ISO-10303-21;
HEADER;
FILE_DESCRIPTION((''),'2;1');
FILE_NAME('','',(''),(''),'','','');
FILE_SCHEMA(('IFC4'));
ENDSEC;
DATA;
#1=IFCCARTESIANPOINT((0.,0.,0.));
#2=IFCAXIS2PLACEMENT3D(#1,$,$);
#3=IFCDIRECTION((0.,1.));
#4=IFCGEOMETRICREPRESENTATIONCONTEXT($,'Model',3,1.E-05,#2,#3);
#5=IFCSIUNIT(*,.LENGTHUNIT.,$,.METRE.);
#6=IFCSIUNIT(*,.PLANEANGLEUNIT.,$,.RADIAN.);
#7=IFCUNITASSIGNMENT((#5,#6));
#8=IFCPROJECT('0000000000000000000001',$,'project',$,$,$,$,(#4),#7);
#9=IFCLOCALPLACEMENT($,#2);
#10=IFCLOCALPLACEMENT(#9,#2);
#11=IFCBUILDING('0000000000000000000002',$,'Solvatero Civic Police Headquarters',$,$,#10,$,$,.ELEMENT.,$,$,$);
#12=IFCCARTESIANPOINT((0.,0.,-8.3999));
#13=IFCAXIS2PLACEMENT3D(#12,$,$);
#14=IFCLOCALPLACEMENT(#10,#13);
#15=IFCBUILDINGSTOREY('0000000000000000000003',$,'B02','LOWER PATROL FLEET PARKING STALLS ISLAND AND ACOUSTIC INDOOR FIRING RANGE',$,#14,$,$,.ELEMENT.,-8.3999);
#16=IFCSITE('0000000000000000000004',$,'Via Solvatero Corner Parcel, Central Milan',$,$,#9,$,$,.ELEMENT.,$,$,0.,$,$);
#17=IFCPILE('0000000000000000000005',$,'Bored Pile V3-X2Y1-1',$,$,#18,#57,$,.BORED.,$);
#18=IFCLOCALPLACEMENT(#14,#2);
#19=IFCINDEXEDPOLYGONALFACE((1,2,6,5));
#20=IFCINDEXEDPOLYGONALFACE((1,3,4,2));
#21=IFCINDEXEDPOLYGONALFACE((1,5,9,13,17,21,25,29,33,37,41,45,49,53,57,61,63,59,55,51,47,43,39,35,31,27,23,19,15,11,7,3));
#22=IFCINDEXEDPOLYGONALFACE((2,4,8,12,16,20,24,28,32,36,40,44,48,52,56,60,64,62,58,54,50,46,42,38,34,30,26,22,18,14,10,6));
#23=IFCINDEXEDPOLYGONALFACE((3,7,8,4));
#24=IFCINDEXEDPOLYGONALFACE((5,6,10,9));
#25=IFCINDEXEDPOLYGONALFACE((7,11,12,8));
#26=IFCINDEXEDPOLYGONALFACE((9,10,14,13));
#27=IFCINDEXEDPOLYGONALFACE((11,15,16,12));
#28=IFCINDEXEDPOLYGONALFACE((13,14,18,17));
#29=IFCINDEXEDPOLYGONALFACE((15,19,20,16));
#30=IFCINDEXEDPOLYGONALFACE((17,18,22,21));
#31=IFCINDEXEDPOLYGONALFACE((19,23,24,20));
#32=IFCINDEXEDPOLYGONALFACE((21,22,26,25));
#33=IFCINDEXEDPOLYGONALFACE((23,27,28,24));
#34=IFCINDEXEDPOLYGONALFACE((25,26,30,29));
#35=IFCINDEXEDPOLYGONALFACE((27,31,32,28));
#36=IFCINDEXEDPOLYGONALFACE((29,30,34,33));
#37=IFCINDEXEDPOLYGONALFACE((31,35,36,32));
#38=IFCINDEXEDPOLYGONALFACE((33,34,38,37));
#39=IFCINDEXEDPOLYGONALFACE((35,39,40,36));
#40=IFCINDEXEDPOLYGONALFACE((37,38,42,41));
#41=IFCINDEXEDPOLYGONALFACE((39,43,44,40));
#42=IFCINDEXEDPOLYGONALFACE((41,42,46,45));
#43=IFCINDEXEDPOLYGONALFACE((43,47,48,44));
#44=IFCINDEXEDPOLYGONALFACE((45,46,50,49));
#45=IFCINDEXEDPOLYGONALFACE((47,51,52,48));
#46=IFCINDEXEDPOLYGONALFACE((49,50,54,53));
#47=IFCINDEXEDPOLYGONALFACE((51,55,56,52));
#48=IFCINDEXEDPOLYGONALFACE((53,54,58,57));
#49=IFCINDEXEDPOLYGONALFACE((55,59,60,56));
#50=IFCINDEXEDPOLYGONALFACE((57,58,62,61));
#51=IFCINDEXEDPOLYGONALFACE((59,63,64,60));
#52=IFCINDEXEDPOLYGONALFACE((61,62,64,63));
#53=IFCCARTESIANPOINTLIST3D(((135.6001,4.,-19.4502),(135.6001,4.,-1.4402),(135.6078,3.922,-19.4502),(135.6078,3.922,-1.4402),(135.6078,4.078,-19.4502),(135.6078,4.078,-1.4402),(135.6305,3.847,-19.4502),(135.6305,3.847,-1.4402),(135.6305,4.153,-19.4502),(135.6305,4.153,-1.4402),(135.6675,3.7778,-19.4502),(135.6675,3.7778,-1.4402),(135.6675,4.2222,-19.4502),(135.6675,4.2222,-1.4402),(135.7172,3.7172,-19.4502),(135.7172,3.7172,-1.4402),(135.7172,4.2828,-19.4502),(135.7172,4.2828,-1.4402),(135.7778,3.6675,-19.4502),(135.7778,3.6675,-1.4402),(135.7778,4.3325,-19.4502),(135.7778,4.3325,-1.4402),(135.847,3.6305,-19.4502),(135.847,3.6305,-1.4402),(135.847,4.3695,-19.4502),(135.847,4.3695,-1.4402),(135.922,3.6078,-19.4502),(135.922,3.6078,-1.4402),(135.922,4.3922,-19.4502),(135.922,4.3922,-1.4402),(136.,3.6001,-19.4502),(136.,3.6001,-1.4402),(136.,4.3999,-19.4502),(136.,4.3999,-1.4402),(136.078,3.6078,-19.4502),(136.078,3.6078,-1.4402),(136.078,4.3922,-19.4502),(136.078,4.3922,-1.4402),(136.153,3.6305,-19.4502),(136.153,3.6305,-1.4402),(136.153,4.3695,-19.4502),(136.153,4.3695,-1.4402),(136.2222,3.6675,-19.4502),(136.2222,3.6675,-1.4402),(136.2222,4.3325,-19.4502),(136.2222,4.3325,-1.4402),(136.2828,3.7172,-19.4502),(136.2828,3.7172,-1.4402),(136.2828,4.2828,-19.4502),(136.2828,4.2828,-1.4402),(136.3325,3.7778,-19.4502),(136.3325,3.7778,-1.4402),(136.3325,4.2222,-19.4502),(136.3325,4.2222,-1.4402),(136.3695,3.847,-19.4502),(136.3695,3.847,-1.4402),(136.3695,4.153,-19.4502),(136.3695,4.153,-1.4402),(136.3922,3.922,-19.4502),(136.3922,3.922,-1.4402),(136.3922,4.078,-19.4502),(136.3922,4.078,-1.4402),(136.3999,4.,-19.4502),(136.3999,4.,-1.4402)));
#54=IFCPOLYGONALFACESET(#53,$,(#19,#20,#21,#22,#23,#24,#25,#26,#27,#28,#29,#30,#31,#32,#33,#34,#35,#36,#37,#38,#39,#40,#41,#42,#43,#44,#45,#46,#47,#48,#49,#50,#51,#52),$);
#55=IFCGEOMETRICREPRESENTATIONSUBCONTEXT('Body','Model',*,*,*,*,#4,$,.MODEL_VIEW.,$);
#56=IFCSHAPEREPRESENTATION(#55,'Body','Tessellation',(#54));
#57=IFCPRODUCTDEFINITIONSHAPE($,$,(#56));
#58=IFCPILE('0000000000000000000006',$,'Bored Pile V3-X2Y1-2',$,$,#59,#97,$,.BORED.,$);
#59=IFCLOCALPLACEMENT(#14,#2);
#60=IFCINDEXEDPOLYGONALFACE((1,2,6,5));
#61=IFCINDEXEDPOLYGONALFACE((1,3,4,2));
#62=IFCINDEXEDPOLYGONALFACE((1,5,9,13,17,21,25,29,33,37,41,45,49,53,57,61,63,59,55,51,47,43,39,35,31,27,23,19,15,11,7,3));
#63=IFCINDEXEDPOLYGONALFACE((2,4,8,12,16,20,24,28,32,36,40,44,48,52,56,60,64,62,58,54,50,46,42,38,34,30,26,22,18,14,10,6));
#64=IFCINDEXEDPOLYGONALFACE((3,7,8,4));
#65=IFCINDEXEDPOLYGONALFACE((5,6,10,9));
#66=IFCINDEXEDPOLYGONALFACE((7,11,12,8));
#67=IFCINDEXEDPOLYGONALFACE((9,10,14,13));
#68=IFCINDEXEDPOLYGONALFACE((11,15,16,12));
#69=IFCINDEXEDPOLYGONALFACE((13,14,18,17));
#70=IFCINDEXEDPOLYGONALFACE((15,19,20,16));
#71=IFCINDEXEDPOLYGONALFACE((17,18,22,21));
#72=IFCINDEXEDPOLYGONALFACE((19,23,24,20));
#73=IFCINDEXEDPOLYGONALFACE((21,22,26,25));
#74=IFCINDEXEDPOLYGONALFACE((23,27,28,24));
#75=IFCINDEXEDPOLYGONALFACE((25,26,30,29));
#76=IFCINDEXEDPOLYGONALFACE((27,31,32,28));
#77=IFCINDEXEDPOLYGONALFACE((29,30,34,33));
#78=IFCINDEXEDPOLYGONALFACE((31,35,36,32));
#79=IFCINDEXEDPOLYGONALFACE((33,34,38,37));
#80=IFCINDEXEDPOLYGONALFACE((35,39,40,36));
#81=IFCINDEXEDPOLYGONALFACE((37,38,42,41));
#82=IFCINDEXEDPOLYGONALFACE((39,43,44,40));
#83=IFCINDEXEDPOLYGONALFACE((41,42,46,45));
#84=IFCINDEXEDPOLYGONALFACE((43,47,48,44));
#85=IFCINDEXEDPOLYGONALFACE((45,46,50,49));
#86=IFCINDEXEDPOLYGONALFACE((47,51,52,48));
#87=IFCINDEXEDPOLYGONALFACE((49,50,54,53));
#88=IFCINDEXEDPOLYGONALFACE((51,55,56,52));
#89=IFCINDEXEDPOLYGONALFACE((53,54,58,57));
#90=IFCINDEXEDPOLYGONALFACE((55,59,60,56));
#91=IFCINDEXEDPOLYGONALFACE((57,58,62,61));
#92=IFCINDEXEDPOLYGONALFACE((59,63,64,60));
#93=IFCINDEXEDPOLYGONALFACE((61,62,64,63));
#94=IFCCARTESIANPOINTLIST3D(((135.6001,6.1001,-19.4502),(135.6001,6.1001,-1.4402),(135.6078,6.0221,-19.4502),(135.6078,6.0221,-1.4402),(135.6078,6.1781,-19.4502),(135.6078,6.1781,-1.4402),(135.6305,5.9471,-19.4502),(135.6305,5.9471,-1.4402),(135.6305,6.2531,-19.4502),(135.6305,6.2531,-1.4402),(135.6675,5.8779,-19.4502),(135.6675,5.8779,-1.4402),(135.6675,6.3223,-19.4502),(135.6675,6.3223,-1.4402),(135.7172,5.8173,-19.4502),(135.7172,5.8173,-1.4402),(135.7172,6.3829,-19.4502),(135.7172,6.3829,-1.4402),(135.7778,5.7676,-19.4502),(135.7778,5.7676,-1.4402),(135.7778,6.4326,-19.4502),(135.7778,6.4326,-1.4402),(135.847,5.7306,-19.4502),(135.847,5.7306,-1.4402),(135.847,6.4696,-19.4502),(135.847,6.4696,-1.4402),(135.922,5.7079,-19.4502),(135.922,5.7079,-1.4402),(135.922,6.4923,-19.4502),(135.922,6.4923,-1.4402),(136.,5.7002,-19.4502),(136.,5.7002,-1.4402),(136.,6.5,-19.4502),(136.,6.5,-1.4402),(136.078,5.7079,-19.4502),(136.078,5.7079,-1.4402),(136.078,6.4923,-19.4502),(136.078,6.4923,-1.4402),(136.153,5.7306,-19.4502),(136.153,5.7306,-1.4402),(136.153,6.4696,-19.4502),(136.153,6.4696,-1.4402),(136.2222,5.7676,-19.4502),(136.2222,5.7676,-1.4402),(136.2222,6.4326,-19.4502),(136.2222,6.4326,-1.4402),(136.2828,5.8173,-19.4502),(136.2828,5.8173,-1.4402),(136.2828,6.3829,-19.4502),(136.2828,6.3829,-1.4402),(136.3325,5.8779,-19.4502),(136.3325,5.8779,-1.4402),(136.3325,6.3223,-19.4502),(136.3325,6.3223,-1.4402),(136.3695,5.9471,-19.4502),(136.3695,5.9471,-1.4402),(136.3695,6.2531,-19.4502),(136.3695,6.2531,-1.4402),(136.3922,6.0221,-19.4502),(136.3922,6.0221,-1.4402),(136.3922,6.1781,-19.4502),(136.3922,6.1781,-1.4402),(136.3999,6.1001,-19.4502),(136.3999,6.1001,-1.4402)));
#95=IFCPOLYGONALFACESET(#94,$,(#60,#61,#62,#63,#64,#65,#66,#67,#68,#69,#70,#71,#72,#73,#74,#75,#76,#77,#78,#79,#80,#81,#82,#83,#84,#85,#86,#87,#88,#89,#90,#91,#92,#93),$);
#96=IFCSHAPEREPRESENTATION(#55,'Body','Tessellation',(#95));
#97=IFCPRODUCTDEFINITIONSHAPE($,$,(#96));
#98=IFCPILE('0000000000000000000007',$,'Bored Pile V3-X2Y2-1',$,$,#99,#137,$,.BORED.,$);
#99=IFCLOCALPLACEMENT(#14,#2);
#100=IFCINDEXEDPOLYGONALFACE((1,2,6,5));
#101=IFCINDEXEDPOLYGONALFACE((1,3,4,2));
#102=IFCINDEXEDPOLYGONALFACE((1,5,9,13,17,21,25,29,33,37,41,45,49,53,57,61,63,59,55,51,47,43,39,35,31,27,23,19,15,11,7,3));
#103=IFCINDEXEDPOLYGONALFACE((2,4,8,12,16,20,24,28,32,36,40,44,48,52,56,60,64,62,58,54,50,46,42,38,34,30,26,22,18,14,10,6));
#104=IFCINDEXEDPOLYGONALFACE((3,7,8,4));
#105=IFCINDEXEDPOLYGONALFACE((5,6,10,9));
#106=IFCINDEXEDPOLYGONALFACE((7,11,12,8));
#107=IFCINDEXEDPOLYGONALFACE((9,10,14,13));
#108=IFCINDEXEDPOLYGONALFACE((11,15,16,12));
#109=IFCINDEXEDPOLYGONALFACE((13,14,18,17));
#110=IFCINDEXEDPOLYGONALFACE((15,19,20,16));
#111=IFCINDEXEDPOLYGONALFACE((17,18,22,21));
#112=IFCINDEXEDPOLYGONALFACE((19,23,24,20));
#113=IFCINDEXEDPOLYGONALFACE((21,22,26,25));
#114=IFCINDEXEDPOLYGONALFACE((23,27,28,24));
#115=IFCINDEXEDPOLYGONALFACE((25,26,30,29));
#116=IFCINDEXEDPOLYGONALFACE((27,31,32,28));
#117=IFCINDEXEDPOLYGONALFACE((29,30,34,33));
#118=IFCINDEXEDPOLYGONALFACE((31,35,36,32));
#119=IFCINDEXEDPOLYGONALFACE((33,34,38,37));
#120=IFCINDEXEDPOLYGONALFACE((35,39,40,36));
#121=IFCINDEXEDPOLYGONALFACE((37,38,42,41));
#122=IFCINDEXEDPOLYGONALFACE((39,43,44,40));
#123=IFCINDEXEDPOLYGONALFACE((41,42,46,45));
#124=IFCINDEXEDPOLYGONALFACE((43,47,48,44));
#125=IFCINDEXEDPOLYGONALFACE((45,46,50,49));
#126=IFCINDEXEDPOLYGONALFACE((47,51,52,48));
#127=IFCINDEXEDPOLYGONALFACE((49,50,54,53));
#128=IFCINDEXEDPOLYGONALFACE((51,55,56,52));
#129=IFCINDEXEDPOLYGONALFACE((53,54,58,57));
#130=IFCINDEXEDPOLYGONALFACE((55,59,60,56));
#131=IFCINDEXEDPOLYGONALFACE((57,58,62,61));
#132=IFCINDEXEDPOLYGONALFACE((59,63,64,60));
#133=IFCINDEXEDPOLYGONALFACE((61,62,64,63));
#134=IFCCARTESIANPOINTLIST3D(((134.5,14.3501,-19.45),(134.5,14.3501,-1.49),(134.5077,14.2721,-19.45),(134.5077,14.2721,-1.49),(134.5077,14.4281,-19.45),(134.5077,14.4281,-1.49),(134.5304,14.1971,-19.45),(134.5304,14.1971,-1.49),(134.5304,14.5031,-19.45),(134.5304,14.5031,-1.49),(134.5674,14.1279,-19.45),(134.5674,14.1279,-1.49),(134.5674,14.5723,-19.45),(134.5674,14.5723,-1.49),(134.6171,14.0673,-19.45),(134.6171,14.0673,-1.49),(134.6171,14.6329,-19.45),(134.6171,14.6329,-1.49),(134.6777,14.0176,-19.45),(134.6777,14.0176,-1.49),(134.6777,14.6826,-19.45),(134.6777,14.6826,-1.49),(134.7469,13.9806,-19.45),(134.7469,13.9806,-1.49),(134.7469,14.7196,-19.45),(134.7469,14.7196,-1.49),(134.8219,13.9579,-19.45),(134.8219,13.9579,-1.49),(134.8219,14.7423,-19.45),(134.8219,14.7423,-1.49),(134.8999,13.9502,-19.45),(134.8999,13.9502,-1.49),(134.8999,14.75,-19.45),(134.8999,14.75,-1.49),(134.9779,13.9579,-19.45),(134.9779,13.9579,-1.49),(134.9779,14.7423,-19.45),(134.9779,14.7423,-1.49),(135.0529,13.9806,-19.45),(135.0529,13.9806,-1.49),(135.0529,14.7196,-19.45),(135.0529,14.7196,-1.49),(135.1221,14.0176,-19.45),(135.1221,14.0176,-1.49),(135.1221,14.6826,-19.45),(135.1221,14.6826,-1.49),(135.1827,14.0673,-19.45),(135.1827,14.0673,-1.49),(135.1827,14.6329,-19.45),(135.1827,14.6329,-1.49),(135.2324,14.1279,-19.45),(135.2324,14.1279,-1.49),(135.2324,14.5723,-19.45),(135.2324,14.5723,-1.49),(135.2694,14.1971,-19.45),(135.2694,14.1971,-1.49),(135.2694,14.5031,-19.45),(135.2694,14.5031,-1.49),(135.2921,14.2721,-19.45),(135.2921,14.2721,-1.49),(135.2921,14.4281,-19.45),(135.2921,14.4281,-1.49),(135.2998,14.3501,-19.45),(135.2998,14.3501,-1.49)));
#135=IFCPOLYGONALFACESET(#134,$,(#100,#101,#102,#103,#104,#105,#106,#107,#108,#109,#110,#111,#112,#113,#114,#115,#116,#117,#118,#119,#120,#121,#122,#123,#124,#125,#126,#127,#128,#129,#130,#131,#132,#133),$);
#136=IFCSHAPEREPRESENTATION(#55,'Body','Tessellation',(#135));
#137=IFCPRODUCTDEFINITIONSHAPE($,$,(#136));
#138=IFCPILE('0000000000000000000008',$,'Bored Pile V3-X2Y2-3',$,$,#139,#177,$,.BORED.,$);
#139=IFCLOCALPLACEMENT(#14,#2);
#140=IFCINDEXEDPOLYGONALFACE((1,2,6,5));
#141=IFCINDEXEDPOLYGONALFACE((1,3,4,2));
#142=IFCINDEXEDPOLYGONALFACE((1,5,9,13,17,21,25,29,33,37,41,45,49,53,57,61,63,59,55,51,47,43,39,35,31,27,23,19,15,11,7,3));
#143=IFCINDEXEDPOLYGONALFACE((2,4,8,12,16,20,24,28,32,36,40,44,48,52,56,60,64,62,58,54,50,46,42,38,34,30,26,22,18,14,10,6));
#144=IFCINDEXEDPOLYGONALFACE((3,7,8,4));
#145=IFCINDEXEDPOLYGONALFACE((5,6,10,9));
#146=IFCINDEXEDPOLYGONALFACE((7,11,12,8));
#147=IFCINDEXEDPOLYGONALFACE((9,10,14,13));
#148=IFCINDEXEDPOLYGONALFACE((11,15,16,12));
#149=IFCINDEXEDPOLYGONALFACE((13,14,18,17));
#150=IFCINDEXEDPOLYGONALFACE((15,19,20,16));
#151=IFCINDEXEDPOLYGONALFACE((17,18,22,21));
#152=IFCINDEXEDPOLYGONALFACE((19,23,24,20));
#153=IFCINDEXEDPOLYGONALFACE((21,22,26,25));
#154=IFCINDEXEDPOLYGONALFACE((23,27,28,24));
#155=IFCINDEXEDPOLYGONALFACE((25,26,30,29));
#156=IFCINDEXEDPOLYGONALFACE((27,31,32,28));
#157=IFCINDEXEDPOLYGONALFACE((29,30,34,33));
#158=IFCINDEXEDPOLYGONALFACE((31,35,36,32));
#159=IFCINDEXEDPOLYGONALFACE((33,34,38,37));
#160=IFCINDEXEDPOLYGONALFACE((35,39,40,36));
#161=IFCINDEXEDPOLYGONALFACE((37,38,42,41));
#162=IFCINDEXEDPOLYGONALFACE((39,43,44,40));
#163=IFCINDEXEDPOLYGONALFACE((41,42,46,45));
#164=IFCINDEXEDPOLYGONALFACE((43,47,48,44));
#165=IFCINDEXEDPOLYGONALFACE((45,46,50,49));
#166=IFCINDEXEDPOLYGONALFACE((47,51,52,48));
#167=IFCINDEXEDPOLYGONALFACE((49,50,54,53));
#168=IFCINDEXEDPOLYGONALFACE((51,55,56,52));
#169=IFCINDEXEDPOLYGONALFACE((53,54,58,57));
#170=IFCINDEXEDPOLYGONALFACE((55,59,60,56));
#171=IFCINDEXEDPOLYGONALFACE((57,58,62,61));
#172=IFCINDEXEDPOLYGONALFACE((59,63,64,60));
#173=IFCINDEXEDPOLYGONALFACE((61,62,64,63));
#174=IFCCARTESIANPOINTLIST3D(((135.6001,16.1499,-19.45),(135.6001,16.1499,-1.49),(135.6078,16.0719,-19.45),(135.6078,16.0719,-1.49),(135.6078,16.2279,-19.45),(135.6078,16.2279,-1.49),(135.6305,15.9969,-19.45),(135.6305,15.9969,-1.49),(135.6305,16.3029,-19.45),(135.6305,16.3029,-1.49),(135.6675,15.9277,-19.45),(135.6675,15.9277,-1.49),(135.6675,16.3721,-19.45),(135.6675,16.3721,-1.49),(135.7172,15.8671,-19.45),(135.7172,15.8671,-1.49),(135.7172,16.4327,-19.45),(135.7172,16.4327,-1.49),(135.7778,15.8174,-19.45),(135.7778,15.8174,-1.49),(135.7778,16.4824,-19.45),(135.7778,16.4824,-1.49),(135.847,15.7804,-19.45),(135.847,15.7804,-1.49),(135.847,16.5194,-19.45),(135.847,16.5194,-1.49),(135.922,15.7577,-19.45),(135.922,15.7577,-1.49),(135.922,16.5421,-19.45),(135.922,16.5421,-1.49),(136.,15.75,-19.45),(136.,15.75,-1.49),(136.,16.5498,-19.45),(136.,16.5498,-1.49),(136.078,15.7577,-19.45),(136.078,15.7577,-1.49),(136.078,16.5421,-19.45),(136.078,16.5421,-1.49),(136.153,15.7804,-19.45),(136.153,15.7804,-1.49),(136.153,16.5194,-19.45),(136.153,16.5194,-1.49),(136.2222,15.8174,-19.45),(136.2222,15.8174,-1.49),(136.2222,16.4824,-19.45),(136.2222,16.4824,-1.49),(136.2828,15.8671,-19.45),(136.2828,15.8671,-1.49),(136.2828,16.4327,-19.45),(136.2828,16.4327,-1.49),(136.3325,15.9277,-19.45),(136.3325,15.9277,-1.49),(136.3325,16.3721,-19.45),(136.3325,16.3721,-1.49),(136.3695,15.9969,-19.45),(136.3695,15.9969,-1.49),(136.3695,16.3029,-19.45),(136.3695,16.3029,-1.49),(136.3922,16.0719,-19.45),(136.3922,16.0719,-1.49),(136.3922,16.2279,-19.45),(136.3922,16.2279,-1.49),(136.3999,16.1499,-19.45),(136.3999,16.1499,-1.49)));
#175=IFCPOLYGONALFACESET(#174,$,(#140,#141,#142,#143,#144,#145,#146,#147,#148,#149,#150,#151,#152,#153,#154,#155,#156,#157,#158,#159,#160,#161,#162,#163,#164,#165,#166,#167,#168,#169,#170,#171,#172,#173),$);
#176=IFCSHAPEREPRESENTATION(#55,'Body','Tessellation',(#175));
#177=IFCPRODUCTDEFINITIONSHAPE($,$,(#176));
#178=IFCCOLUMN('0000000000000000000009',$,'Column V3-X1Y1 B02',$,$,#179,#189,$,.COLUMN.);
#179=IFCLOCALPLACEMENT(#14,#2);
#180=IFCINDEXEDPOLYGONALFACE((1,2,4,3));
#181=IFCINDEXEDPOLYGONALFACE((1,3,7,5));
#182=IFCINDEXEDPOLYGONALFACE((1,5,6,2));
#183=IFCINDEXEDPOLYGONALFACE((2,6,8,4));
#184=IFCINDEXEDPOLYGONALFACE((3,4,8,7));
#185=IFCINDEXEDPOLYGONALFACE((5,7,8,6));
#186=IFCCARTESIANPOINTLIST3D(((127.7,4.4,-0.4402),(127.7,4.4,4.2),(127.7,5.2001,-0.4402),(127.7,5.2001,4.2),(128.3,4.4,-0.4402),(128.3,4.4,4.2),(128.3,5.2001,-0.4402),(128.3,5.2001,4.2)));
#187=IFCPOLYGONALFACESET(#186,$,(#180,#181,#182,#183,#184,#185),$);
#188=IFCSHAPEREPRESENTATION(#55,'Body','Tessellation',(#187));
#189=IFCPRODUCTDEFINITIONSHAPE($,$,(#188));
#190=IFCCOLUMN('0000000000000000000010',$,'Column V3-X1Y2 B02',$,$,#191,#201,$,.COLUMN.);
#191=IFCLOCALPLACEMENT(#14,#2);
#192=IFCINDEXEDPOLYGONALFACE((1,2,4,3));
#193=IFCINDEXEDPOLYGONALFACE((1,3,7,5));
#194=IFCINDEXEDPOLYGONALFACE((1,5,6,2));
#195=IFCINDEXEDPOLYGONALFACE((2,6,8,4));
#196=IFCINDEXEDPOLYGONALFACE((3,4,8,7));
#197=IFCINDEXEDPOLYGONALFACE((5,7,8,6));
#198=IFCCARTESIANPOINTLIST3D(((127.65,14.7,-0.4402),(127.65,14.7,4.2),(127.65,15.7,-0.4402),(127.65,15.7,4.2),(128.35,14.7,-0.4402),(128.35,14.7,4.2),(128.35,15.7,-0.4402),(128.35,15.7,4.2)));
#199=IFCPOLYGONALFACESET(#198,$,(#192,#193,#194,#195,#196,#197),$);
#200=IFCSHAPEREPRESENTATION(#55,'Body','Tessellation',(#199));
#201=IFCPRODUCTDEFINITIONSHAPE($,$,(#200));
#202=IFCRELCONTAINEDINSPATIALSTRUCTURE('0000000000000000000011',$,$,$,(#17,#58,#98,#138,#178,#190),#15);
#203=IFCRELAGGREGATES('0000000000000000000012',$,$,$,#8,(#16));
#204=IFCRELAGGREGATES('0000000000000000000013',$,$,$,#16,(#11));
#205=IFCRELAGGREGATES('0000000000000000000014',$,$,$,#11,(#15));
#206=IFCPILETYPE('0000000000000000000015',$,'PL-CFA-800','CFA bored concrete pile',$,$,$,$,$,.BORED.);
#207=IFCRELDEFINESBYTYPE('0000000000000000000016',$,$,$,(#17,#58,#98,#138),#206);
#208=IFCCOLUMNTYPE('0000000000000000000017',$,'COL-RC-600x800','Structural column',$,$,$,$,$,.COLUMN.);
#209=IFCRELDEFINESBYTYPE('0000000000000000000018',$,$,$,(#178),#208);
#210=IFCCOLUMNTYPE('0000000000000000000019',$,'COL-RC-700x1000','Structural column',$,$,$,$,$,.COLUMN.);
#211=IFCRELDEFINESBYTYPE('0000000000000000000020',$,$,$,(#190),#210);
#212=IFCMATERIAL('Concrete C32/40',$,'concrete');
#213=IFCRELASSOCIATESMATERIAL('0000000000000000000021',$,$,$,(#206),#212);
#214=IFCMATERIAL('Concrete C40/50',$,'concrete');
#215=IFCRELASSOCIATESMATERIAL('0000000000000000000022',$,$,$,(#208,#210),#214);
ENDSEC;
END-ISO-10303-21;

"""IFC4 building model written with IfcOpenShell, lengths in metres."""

from ifc_helpers import new_model, si_unit, direction, frame, origin, origin_2d, place, context, subcontext, project, spatial, rectangle, circle, extrude, material, material_profile, profile_set, type_object, element, save


model = new_model("IFC4")

# Units and contexts
model_context = context("Model", 3, precision=1e-05, world=origin(), true_north=direction((0.0, 1.0)))
body_context = subcontext(model_context, "Body", "Model", "MODEL_VIEW")
ifc_project = project(units=[si_unit("LENGTHUNIT", "METRE"), si_unit("PLANEANGLEUNIT", "RADIAN")], contexts=[model_context])

# Site, building, storey
site_placement = place(None, origin())
site = spatial("IfcSite", under=ifc_project, at=site_placement, Name="Via Solvatero Corner Parcel, Central Milan", CompositionType="ELEMENT", RefElevation=0.0)
building_placement = place(site_placement, origin())
building = spatial("IfcBuilding", under=site, at=building_placement, Name="Solvatero Civic Police Headquarters", CompositionType="ELEMENT")
storey_placement = place(building_placement, frame((0.0, 0.0, -8.3999)))
storey = spatial("IfcBuildingStorey", under=building, at=storey_placement, Name="B02", Description="LOWER PATROL FLEET PARKING STALLS ISLAND AND ACOUSTIC INDOOR FIRING RANGE", CompositionType="ELEMENT", Elevation=-8.3999)

# Piles
ifc_material_1 = material(Name="Concrete C32/40", Category="concrete")
ifc_material_profile_1 = material_profile(ifc_material_1, circle(Radius=0.3999, at=origin_2d()), Name="CFA PILE D800")
ifc_profile_set_1 = profile_set([ifc_material_profile_1], Name="Concrete C32/40")
pile_type_1 = type_object("IfcPileType", Name="PL-CFA-800", Description="CFA bored concrete pile", PredefinedType="BORED", material=ifc_profile_set_1)
for number, where, z_axis, x_axis, name in (
    (1, (136.0, 4.0, -1.4402), (0.0, 0.0, -1.0), (1.0, 0.0, 0.0), "Bored Pile V3-X2Y1-1"),
    (2, (136.0, 6.1001, -1.4402), (0.0, 0.0, -1.0), (1.0, 0.0, 0.0), "Bored Pile V3-X2Y1-2"),
):
    element("IfcPile", number, at=place(storey_placement, frame(where, z_axis=z_axis, x_axis=x_axis)), inside=storey, type_object=pile_type_1, Name=name, PredefinedType="BORED", context=body_context, shape_type="SweptSolid", body=[
        extrude(circle(Radius=0.3999, at=origin_2d()), origin(), (0.0, 0.0, 1.0), 18.01),
    ])
for number, where, z_axis, x_axis, name in (
    (3, (134.8999, 14.3501, -1.49), (0.0, 0.0, -1.0), (1.0, 0.0, 0.0), "Bored Pile V3-X2Y2-1"),
    (4, (136.0, 16.1499, -1.49), (0.0, 0.0, -1.0), (1.0, 0.0, 0.0), "Bored Pile V3-X2Y2-3"),
):
    element("IfcPile", number, at=place(storey_placement, frame(where, z_axis=z_axis, x_axis=x_axis)), inside=storey, type_object=pile_type_1, Name=name, PredefinedType="BORED", context=body_context, shape_type="SweptSolid", body=[
        extrude(circle(Radius=0.3999, at=origin_2d()), origin(), (0.0, 0.0, 1.0), 17.96),
    ])

# Columns
ifc_material_2 = material(Name="Concrete C40/50", Category="concrete")
ifc_material_profile_2 = material_profile(ifc_material_2, rectangle(XDim=0.6001, YDim=0.8, at=origin_2d()), Name="RC 600x800")
ifc_profile_set_2 = profile_set([ifc_material_profile_2], Name="Concrete C40/50")
column_type_1 = type_object("IfcColumnType", Name="COL-RC-600x800", Description="Structural column", PredefinedType="COLUMN", material=ifc_profile_set_2)
column_1_placement = place(storey_placement, frame((128.0, 4.8, -0.4402), z_axis=(0.0, 0.0, 1.0), x_axis=(1.0, 0.0, 0.0)))
element("IfcColumn", 5, at=column_1_placement, inside=storey, type_object=column_type_1, Name="Column V3-X1Y1 B02", PredefinedType="COLUMN", context=body_context, shape_type="SweptSolid", body=[
    extrude(rectangle(XDim=0.6001, YDim=0.8, at=origin_2d()), origin(), (0.0, 0.0, 1.0), 4.6401),
])
ifc_material_profile_3 = material_profile(ifc_material_2, rectangle(XDim=0.7, YDim=1.0, at=origin_2d()), Name="RC 700x1000")
ifc_profile_set_3 = profile_set([ifc_material_profile_3], Name="Concrete C40/50")
column_type_2 = type_object("IfcColumnType", Name="COL-RC-700x1000", Description="Structural column", PredefinedType="COLUMN", material=ifc_profile_set_3)
column_2_placement = place(storey_placement, frame((128.0, 15.2, -0.4402), z_axis=(0.0, 0.0, 1.0), x_axis=(1.0, 0.0, 0.0)))
element("IfcColumn", 6, at=column_2_placement, inside=storey, type_object=column_type_2, Name="Column V3-X1Y2 B02", PredefinedType="COLUMN", context=body_context, shape_type="SweptSolid", body=[
    extrude(rectangle(XDim=0.7, YDim=1.0, at=origin_2d()), origin(), (0.0, 0.0, 1.0), 4.6401),
])

save(model, "model.ifc")
